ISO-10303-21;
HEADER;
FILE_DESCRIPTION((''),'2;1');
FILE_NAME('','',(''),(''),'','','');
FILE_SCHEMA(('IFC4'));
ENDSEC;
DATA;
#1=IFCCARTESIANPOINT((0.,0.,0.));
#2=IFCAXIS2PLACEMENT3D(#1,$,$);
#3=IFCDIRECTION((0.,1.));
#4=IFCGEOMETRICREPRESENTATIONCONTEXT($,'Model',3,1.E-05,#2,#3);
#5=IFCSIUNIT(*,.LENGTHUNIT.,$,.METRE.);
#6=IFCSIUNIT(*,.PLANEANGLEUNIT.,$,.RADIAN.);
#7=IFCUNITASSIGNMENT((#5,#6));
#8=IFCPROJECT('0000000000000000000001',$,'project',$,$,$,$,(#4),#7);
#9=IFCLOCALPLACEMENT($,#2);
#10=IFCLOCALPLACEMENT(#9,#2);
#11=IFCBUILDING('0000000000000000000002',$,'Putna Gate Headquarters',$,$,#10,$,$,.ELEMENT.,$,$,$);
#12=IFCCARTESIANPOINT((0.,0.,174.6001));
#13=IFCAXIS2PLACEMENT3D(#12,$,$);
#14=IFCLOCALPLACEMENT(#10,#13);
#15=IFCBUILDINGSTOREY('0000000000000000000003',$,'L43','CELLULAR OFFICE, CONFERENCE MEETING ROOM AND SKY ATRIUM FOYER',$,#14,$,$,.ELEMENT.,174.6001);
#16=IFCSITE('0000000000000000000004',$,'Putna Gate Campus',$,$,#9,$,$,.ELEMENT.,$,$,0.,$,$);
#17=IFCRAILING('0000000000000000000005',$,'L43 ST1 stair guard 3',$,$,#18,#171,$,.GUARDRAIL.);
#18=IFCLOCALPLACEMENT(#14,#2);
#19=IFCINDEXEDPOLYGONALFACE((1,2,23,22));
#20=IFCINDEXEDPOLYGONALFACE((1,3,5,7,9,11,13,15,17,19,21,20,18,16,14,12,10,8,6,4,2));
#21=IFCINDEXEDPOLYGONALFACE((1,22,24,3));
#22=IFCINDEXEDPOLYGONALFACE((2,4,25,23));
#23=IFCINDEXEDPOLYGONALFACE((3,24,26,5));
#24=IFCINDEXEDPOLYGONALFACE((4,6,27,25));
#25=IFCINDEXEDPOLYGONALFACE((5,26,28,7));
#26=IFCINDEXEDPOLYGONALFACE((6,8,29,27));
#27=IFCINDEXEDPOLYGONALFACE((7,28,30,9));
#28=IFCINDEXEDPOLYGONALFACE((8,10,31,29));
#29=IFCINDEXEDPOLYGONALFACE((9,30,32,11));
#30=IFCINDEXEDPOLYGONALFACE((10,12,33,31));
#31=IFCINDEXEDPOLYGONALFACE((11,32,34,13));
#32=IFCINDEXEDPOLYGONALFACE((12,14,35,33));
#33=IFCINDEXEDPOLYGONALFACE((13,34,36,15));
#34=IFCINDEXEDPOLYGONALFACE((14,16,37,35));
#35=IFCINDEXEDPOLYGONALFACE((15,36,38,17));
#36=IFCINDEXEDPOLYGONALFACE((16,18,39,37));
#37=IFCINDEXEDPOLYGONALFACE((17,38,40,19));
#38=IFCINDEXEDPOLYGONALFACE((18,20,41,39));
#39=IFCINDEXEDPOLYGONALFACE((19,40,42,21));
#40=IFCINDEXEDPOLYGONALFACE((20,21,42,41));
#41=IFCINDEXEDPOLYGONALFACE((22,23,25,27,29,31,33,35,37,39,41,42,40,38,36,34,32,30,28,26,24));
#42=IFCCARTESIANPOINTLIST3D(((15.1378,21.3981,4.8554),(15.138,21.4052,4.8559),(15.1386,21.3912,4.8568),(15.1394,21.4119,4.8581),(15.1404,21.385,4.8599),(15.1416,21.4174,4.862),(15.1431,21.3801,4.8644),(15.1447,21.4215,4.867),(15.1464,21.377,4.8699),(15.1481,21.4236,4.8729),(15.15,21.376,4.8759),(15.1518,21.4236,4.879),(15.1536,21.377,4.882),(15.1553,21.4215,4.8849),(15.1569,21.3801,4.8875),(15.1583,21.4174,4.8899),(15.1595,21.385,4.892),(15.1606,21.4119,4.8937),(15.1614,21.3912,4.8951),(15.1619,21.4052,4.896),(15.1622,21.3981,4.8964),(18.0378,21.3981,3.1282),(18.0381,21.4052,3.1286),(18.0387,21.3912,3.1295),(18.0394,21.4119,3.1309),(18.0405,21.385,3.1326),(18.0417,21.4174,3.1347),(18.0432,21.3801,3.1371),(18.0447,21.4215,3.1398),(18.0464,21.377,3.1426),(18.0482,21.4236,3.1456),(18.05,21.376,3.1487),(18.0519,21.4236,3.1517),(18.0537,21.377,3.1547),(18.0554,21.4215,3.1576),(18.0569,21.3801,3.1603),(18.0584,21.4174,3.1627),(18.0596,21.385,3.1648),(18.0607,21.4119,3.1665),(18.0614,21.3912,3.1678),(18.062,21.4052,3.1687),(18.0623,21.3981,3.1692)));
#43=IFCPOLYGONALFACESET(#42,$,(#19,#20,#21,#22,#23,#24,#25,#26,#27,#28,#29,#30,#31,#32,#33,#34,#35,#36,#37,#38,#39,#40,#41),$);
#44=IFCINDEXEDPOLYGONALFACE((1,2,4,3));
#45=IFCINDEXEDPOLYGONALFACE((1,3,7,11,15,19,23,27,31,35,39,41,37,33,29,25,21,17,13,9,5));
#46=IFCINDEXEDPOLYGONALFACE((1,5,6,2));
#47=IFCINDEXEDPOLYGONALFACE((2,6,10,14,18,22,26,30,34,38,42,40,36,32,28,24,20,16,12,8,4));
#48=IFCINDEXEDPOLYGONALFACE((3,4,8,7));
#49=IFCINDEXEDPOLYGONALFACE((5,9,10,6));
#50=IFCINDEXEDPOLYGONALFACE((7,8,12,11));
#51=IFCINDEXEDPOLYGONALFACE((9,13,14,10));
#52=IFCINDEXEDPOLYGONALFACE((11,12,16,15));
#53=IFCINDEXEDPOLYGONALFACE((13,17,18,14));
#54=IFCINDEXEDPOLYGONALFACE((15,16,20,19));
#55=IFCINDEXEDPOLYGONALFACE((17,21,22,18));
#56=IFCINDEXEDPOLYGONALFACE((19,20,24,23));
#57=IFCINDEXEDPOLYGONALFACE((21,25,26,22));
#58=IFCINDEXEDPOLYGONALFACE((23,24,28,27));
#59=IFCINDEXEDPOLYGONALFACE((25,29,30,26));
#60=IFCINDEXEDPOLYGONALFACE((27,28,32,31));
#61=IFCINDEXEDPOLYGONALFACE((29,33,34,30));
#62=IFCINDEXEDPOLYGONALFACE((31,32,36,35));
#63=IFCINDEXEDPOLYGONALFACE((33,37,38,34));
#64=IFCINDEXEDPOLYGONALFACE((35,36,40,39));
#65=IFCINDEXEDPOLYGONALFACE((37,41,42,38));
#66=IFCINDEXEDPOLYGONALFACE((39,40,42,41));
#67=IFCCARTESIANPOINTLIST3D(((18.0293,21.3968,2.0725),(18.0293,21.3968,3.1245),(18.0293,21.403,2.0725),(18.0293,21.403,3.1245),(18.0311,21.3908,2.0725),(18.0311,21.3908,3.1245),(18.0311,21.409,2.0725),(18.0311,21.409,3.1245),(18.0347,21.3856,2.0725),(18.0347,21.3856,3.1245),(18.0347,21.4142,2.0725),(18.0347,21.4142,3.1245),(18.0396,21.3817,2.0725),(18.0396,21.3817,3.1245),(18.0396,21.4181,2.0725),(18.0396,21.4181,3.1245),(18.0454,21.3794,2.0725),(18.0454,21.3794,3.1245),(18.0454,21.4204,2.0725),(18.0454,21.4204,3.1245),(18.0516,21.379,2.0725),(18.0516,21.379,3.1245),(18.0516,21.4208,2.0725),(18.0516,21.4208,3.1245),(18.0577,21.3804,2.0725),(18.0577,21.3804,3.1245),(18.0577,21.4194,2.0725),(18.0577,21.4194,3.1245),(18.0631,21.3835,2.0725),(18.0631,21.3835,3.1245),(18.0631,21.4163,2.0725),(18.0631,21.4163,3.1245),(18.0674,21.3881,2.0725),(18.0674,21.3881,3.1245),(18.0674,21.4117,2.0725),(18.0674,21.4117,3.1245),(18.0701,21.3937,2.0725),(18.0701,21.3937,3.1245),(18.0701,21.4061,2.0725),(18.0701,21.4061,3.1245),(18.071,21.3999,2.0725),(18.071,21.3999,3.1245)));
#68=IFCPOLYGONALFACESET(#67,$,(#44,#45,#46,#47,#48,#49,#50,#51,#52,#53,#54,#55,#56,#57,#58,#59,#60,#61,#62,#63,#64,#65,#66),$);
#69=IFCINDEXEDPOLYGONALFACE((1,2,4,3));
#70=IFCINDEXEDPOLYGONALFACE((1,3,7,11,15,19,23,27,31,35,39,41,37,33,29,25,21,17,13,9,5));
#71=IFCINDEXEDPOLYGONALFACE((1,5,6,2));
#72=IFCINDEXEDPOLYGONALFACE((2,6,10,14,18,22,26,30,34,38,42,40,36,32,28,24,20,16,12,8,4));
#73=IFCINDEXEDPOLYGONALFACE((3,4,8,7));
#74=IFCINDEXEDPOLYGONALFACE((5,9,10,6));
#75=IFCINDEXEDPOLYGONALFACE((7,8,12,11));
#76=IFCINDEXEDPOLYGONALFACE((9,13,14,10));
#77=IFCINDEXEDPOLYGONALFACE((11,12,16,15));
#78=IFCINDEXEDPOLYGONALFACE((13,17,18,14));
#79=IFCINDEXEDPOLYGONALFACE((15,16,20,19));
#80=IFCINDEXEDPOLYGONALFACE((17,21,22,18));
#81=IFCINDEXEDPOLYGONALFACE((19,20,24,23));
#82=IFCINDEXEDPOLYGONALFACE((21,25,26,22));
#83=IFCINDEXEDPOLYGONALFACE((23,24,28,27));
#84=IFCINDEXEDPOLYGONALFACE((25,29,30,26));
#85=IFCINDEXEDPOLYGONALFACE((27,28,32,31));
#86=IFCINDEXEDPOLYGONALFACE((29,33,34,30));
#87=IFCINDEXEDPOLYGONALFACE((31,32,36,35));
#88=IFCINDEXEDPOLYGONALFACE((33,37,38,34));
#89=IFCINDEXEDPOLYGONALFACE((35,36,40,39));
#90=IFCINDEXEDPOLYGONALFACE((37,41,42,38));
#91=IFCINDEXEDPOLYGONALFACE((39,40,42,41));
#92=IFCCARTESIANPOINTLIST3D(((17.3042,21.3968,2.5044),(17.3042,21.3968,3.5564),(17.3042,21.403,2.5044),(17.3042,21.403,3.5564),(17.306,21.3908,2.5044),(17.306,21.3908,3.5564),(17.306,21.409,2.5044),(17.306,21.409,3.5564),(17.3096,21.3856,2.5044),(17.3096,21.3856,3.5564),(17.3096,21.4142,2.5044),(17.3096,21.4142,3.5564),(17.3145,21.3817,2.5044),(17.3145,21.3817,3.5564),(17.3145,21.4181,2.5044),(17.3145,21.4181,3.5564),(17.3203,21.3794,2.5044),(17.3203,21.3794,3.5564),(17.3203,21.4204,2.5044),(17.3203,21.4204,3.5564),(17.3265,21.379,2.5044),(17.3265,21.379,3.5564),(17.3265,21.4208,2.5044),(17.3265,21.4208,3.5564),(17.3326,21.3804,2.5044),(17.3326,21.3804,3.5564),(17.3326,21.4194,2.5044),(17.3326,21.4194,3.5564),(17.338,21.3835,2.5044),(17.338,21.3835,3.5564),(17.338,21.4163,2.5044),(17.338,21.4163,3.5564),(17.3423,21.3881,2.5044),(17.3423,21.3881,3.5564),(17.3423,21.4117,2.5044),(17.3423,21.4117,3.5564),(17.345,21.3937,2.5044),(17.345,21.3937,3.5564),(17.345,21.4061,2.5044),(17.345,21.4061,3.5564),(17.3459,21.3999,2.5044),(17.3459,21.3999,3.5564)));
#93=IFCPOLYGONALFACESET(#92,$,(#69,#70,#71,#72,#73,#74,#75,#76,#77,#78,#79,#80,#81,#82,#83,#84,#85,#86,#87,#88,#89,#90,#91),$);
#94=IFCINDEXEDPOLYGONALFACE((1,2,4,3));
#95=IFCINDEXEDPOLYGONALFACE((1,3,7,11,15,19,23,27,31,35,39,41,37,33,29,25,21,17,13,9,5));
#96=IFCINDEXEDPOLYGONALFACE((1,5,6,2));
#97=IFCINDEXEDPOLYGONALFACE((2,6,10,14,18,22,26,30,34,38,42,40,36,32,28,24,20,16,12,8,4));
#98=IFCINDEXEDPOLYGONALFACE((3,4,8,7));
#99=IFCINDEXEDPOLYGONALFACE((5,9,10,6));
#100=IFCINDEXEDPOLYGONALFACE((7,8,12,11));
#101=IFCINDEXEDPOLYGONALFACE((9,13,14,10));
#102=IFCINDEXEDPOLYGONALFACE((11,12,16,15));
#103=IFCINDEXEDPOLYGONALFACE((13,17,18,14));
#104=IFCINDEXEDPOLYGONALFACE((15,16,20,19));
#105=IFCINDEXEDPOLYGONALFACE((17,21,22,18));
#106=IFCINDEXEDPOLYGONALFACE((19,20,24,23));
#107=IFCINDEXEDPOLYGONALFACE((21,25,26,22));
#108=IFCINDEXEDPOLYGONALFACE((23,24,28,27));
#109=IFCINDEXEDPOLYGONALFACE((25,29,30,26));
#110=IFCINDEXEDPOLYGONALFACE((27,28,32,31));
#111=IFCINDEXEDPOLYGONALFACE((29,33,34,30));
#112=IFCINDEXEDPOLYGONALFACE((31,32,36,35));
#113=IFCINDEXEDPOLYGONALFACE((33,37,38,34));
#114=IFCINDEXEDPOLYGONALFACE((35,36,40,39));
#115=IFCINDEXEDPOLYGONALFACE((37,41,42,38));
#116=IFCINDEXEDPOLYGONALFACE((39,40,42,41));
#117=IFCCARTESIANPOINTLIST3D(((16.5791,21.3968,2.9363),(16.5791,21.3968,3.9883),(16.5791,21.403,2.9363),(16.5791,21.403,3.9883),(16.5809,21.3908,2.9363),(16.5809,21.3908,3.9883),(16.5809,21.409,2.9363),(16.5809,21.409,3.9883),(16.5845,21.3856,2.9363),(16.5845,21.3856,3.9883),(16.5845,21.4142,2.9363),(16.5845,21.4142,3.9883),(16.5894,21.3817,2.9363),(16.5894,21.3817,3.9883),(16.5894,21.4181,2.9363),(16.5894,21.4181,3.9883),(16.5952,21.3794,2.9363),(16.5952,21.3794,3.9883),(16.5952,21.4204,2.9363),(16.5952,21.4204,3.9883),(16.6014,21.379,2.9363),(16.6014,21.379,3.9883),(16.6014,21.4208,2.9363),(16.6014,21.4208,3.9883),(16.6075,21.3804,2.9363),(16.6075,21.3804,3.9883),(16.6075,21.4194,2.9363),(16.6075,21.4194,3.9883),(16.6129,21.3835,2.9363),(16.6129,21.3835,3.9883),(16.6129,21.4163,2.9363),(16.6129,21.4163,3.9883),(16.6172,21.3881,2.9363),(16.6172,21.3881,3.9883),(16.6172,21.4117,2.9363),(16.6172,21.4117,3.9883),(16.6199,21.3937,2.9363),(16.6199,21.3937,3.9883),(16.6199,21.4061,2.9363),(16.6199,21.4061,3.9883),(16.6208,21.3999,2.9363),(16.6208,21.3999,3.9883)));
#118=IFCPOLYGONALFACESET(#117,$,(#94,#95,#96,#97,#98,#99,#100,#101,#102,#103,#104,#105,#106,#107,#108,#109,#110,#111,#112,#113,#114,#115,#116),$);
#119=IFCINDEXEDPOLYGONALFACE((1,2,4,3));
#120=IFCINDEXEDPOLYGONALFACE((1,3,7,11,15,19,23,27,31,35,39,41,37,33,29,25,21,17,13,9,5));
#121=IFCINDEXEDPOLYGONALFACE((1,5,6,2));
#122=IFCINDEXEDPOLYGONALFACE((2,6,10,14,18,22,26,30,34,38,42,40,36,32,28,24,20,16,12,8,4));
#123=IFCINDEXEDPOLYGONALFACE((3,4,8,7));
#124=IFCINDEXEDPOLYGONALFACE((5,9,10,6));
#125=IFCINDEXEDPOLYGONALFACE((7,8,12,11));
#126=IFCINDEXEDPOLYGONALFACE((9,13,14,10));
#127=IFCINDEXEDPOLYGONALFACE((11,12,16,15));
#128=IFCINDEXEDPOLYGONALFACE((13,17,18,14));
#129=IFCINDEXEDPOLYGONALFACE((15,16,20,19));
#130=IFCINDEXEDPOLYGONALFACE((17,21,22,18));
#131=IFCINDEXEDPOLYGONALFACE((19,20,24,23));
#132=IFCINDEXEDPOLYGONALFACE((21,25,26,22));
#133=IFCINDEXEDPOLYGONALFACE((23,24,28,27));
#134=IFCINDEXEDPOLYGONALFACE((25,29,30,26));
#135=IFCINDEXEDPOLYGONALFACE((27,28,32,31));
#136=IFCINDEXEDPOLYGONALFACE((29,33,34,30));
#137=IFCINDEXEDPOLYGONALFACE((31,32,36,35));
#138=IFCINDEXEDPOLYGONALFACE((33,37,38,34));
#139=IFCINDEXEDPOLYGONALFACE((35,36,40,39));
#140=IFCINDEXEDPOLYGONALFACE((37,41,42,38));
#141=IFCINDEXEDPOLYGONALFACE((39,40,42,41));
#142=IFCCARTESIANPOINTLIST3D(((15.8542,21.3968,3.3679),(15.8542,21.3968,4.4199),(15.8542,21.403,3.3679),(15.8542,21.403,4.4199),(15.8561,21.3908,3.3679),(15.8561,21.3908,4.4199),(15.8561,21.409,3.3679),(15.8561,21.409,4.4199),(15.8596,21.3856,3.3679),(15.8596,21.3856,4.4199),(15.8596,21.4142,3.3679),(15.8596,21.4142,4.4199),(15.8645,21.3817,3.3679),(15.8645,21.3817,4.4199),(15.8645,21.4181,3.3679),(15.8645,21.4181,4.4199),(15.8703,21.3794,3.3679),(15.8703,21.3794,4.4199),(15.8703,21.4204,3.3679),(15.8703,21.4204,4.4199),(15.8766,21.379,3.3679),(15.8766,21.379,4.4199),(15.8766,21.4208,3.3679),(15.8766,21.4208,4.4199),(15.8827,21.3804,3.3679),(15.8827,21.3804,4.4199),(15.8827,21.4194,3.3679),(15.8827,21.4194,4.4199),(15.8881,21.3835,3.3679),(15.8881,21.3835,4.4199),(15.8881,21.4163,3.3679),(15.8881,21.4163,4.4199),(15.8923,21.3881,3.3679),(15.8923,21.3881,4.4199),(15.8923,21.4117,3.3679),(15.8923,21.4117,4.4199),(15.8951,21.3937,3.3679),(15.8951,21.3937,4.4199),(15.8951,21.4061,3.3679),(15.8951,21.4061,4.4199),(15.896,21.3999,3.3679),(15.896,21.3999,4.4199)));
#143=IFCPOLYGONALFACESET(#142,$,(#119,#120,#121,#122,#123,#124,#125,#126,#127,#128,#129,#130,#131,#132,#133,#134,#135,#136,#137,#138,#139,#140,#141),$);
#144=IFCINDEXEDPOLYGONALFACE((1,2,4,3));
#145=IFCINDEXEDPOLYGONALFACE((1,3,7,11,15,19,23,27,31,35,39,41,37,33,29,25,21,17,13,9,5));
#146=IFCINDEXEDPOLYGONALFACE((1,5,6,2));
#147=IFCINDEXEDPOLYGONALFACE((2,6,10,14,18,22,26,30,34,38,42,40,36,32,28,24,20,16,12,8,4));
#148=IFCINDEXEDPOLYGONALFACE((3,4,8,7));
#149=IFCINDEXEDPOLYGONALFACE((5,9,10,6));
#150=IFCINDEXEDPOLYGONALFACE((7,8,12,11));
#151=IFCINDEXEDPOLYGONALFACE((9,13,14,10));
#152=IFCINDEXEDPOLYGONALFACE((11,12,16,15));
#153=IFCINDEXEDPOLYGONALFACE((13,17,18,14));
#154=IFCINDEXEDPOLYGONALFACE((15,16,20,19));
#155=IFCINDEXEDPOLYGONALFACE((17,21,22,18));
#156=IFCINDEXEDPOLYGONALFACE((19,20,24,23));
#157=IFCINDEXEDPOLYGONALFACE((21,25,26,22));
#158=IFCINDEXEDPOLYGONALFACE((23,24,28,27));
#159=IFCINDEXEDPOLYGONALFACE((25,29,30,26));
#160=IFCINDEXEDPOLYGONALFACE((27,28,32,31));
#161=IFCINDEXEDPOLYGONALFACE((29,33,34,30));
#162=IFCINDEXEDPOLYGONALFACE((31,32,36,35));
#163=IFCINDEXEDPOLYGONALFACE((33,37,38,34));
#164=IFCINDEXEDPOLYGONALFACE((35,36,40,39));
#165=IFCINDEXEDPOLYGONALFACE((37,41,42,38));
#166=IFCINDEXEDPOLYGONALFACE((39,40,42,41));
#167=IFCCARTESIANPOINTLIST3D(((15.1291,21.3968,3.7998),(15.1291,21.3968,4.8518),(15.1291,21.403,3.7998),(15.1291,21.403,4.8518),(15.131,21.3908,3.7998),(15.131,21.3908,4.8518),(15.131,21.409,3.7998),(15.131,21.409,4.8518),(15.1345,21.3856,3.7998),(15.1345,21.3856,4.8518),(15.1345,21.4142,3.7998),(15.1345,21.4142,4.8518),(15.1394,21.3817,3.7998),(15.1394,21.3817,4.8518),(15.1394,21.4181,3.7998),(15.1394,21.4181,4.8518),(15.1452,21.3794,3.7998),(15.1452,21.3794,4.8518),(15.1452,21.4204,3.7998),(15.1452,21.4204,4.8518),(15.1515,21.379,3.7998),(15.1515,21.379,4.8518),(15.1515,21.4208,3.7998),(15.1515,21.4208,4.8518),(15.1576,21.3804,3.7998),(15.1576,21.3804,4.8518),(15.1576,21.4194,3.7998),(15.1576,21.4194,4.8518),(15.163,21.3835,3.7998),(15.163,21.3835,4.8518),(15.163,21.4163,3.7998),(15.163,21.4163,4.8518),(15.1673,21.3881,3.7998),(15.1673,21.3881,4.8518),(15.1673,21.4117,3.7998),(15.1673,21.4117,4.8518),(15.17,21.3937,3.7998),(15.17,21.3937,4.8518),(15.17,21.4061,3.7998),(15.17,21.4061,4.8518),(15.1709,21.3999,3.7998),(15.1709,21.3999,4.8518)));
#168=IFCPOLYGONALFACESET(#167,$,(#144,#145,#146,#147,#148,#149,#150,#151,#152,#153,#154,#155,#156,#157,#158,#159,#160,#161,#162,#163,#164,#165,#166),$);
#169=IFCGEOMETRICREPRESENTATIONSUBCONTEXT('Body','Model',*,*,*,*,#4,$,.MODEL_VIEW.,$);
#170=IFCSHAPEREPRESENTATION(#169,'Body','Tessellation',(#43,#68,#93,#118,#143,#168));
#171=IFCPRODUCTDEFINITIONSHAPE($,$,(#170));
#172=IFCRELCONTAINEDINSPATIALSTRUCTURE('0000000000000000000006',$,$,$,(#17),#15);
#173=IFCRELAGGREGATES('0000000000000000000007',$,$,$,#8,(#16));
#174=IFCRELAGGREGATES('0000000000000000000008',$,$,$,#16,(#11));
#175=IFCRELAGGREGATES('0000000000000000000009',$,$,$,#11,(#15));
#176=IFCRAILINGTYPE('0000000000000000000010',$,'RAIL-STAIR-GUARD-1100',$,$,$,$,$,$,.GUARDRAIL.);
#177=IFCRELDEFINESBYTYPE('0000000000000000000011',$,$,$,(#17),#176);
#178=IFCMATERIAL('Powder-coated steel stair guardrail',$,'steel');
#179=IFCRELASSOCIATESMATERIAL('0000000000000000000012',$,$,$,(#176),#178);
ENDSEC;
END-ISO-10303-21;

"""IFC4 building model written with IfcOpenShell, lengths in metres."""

from ifc_helpers import new_model, si_unit, direction, frame, origin, origin_2d, place, context, subcontext, project, spatial, circle, extrude, material, type_object, element, save


model = new_model("IFC4")

# Units and contexts
model_context = context("Model", 3, precision=1e-05, world=origin(), true_north=direction((0.0, 1.0)))
body_context = subcontext(model_context, "Body", "Model", "MODEL_VIEW")
ifc_project = project(units=[si_unit("LENGTHUNIT", "METRE"), si_unit("PLANEANGLEUNIT", "RADIAN")], contexts=[model_context])

# Site, building, storey
site_placement = place(None, origin())
site = spatial("IfcSite", under=ifc_project, at=site_placement, Name="Putna Gate Campus", CompositionType="ELEMENT", RefElevation=0.0)
building_placement = place(site_placement, origin())
building = spatial("IfcBuilding", under=site, at=building_placement, Name="Putna Gate Headquarters", CompositionType="ELEMENT")
storey_placement = place(building_placement, frame((0.0, 0.0, 174.6001)))
storey = spatial("IfcBuildingStorey", under=building, at=storey_placement, Name="L43", Description="CELLULAR OFFICE, CONFERENCE MEETING ROOM AND SKY ATRIUM FOYER", CompositionType="ELEMENT", Elevation=174.6001)

# Railing
ifc_material_1 = material(Name="Powder-coated steel stair guardrail", Category="steel")
railing_type = type_object("IfcRailingType", Name="RAIL-STAIR-GUARD-1100", PredefinedType="GUARDRAIL", material=ifc_material_1)
railing_1_placement = place(storey_placement, frame((18.05, 21.3999, 2.0725)))
element("IfcRailing", 1, at=railing_1_placement, inside=storey, type_object=railing_type, Name="L43 ST1 stair guard 3", PredefinedType="GUARDRAIL", context=body_context, shape_type="SweptSolid", body=[
    extrude(circle(Radius=0.0239, at=origin_2d()), frame((0.0, 0.0, 1.0762), z_axis=(-0.85916, 0.0, 0.511706), x_axis=(0.0, -1.0, 0.0)), (0.0, 0.0, 1.0), 3.3755),
    extrude(circle(Radius=0.021, at=origin_2d()), origin(), (0.0, 0.0, 1.0), 1.052),
    extrude(circle(Radius=0.021, at=origin_2d()), frame((-0.7251, 0.0, 0.4319)), (0.0, 0.0, 1.0), 1.052),
    extrude(circle(Radius=0.021, at=origin_2d()), frame((-1.4502, 0.0, 0.8638)), (0.0, 0.0, 1.0), 1.052),
    extrude(circle(Radius=0.021, at=origin_2d()), frame((-2.175, 0.0, 1.2954)), (0.0, 0.0, 1.0), 1.052),
    extrude(circle(Radius=0.021, at=origin_2d()), frame((-2.9001, 0.0, 1.7273)), (0.0, 0.0, 1.0), 1.052),
])

save(model, "model.ifc")
